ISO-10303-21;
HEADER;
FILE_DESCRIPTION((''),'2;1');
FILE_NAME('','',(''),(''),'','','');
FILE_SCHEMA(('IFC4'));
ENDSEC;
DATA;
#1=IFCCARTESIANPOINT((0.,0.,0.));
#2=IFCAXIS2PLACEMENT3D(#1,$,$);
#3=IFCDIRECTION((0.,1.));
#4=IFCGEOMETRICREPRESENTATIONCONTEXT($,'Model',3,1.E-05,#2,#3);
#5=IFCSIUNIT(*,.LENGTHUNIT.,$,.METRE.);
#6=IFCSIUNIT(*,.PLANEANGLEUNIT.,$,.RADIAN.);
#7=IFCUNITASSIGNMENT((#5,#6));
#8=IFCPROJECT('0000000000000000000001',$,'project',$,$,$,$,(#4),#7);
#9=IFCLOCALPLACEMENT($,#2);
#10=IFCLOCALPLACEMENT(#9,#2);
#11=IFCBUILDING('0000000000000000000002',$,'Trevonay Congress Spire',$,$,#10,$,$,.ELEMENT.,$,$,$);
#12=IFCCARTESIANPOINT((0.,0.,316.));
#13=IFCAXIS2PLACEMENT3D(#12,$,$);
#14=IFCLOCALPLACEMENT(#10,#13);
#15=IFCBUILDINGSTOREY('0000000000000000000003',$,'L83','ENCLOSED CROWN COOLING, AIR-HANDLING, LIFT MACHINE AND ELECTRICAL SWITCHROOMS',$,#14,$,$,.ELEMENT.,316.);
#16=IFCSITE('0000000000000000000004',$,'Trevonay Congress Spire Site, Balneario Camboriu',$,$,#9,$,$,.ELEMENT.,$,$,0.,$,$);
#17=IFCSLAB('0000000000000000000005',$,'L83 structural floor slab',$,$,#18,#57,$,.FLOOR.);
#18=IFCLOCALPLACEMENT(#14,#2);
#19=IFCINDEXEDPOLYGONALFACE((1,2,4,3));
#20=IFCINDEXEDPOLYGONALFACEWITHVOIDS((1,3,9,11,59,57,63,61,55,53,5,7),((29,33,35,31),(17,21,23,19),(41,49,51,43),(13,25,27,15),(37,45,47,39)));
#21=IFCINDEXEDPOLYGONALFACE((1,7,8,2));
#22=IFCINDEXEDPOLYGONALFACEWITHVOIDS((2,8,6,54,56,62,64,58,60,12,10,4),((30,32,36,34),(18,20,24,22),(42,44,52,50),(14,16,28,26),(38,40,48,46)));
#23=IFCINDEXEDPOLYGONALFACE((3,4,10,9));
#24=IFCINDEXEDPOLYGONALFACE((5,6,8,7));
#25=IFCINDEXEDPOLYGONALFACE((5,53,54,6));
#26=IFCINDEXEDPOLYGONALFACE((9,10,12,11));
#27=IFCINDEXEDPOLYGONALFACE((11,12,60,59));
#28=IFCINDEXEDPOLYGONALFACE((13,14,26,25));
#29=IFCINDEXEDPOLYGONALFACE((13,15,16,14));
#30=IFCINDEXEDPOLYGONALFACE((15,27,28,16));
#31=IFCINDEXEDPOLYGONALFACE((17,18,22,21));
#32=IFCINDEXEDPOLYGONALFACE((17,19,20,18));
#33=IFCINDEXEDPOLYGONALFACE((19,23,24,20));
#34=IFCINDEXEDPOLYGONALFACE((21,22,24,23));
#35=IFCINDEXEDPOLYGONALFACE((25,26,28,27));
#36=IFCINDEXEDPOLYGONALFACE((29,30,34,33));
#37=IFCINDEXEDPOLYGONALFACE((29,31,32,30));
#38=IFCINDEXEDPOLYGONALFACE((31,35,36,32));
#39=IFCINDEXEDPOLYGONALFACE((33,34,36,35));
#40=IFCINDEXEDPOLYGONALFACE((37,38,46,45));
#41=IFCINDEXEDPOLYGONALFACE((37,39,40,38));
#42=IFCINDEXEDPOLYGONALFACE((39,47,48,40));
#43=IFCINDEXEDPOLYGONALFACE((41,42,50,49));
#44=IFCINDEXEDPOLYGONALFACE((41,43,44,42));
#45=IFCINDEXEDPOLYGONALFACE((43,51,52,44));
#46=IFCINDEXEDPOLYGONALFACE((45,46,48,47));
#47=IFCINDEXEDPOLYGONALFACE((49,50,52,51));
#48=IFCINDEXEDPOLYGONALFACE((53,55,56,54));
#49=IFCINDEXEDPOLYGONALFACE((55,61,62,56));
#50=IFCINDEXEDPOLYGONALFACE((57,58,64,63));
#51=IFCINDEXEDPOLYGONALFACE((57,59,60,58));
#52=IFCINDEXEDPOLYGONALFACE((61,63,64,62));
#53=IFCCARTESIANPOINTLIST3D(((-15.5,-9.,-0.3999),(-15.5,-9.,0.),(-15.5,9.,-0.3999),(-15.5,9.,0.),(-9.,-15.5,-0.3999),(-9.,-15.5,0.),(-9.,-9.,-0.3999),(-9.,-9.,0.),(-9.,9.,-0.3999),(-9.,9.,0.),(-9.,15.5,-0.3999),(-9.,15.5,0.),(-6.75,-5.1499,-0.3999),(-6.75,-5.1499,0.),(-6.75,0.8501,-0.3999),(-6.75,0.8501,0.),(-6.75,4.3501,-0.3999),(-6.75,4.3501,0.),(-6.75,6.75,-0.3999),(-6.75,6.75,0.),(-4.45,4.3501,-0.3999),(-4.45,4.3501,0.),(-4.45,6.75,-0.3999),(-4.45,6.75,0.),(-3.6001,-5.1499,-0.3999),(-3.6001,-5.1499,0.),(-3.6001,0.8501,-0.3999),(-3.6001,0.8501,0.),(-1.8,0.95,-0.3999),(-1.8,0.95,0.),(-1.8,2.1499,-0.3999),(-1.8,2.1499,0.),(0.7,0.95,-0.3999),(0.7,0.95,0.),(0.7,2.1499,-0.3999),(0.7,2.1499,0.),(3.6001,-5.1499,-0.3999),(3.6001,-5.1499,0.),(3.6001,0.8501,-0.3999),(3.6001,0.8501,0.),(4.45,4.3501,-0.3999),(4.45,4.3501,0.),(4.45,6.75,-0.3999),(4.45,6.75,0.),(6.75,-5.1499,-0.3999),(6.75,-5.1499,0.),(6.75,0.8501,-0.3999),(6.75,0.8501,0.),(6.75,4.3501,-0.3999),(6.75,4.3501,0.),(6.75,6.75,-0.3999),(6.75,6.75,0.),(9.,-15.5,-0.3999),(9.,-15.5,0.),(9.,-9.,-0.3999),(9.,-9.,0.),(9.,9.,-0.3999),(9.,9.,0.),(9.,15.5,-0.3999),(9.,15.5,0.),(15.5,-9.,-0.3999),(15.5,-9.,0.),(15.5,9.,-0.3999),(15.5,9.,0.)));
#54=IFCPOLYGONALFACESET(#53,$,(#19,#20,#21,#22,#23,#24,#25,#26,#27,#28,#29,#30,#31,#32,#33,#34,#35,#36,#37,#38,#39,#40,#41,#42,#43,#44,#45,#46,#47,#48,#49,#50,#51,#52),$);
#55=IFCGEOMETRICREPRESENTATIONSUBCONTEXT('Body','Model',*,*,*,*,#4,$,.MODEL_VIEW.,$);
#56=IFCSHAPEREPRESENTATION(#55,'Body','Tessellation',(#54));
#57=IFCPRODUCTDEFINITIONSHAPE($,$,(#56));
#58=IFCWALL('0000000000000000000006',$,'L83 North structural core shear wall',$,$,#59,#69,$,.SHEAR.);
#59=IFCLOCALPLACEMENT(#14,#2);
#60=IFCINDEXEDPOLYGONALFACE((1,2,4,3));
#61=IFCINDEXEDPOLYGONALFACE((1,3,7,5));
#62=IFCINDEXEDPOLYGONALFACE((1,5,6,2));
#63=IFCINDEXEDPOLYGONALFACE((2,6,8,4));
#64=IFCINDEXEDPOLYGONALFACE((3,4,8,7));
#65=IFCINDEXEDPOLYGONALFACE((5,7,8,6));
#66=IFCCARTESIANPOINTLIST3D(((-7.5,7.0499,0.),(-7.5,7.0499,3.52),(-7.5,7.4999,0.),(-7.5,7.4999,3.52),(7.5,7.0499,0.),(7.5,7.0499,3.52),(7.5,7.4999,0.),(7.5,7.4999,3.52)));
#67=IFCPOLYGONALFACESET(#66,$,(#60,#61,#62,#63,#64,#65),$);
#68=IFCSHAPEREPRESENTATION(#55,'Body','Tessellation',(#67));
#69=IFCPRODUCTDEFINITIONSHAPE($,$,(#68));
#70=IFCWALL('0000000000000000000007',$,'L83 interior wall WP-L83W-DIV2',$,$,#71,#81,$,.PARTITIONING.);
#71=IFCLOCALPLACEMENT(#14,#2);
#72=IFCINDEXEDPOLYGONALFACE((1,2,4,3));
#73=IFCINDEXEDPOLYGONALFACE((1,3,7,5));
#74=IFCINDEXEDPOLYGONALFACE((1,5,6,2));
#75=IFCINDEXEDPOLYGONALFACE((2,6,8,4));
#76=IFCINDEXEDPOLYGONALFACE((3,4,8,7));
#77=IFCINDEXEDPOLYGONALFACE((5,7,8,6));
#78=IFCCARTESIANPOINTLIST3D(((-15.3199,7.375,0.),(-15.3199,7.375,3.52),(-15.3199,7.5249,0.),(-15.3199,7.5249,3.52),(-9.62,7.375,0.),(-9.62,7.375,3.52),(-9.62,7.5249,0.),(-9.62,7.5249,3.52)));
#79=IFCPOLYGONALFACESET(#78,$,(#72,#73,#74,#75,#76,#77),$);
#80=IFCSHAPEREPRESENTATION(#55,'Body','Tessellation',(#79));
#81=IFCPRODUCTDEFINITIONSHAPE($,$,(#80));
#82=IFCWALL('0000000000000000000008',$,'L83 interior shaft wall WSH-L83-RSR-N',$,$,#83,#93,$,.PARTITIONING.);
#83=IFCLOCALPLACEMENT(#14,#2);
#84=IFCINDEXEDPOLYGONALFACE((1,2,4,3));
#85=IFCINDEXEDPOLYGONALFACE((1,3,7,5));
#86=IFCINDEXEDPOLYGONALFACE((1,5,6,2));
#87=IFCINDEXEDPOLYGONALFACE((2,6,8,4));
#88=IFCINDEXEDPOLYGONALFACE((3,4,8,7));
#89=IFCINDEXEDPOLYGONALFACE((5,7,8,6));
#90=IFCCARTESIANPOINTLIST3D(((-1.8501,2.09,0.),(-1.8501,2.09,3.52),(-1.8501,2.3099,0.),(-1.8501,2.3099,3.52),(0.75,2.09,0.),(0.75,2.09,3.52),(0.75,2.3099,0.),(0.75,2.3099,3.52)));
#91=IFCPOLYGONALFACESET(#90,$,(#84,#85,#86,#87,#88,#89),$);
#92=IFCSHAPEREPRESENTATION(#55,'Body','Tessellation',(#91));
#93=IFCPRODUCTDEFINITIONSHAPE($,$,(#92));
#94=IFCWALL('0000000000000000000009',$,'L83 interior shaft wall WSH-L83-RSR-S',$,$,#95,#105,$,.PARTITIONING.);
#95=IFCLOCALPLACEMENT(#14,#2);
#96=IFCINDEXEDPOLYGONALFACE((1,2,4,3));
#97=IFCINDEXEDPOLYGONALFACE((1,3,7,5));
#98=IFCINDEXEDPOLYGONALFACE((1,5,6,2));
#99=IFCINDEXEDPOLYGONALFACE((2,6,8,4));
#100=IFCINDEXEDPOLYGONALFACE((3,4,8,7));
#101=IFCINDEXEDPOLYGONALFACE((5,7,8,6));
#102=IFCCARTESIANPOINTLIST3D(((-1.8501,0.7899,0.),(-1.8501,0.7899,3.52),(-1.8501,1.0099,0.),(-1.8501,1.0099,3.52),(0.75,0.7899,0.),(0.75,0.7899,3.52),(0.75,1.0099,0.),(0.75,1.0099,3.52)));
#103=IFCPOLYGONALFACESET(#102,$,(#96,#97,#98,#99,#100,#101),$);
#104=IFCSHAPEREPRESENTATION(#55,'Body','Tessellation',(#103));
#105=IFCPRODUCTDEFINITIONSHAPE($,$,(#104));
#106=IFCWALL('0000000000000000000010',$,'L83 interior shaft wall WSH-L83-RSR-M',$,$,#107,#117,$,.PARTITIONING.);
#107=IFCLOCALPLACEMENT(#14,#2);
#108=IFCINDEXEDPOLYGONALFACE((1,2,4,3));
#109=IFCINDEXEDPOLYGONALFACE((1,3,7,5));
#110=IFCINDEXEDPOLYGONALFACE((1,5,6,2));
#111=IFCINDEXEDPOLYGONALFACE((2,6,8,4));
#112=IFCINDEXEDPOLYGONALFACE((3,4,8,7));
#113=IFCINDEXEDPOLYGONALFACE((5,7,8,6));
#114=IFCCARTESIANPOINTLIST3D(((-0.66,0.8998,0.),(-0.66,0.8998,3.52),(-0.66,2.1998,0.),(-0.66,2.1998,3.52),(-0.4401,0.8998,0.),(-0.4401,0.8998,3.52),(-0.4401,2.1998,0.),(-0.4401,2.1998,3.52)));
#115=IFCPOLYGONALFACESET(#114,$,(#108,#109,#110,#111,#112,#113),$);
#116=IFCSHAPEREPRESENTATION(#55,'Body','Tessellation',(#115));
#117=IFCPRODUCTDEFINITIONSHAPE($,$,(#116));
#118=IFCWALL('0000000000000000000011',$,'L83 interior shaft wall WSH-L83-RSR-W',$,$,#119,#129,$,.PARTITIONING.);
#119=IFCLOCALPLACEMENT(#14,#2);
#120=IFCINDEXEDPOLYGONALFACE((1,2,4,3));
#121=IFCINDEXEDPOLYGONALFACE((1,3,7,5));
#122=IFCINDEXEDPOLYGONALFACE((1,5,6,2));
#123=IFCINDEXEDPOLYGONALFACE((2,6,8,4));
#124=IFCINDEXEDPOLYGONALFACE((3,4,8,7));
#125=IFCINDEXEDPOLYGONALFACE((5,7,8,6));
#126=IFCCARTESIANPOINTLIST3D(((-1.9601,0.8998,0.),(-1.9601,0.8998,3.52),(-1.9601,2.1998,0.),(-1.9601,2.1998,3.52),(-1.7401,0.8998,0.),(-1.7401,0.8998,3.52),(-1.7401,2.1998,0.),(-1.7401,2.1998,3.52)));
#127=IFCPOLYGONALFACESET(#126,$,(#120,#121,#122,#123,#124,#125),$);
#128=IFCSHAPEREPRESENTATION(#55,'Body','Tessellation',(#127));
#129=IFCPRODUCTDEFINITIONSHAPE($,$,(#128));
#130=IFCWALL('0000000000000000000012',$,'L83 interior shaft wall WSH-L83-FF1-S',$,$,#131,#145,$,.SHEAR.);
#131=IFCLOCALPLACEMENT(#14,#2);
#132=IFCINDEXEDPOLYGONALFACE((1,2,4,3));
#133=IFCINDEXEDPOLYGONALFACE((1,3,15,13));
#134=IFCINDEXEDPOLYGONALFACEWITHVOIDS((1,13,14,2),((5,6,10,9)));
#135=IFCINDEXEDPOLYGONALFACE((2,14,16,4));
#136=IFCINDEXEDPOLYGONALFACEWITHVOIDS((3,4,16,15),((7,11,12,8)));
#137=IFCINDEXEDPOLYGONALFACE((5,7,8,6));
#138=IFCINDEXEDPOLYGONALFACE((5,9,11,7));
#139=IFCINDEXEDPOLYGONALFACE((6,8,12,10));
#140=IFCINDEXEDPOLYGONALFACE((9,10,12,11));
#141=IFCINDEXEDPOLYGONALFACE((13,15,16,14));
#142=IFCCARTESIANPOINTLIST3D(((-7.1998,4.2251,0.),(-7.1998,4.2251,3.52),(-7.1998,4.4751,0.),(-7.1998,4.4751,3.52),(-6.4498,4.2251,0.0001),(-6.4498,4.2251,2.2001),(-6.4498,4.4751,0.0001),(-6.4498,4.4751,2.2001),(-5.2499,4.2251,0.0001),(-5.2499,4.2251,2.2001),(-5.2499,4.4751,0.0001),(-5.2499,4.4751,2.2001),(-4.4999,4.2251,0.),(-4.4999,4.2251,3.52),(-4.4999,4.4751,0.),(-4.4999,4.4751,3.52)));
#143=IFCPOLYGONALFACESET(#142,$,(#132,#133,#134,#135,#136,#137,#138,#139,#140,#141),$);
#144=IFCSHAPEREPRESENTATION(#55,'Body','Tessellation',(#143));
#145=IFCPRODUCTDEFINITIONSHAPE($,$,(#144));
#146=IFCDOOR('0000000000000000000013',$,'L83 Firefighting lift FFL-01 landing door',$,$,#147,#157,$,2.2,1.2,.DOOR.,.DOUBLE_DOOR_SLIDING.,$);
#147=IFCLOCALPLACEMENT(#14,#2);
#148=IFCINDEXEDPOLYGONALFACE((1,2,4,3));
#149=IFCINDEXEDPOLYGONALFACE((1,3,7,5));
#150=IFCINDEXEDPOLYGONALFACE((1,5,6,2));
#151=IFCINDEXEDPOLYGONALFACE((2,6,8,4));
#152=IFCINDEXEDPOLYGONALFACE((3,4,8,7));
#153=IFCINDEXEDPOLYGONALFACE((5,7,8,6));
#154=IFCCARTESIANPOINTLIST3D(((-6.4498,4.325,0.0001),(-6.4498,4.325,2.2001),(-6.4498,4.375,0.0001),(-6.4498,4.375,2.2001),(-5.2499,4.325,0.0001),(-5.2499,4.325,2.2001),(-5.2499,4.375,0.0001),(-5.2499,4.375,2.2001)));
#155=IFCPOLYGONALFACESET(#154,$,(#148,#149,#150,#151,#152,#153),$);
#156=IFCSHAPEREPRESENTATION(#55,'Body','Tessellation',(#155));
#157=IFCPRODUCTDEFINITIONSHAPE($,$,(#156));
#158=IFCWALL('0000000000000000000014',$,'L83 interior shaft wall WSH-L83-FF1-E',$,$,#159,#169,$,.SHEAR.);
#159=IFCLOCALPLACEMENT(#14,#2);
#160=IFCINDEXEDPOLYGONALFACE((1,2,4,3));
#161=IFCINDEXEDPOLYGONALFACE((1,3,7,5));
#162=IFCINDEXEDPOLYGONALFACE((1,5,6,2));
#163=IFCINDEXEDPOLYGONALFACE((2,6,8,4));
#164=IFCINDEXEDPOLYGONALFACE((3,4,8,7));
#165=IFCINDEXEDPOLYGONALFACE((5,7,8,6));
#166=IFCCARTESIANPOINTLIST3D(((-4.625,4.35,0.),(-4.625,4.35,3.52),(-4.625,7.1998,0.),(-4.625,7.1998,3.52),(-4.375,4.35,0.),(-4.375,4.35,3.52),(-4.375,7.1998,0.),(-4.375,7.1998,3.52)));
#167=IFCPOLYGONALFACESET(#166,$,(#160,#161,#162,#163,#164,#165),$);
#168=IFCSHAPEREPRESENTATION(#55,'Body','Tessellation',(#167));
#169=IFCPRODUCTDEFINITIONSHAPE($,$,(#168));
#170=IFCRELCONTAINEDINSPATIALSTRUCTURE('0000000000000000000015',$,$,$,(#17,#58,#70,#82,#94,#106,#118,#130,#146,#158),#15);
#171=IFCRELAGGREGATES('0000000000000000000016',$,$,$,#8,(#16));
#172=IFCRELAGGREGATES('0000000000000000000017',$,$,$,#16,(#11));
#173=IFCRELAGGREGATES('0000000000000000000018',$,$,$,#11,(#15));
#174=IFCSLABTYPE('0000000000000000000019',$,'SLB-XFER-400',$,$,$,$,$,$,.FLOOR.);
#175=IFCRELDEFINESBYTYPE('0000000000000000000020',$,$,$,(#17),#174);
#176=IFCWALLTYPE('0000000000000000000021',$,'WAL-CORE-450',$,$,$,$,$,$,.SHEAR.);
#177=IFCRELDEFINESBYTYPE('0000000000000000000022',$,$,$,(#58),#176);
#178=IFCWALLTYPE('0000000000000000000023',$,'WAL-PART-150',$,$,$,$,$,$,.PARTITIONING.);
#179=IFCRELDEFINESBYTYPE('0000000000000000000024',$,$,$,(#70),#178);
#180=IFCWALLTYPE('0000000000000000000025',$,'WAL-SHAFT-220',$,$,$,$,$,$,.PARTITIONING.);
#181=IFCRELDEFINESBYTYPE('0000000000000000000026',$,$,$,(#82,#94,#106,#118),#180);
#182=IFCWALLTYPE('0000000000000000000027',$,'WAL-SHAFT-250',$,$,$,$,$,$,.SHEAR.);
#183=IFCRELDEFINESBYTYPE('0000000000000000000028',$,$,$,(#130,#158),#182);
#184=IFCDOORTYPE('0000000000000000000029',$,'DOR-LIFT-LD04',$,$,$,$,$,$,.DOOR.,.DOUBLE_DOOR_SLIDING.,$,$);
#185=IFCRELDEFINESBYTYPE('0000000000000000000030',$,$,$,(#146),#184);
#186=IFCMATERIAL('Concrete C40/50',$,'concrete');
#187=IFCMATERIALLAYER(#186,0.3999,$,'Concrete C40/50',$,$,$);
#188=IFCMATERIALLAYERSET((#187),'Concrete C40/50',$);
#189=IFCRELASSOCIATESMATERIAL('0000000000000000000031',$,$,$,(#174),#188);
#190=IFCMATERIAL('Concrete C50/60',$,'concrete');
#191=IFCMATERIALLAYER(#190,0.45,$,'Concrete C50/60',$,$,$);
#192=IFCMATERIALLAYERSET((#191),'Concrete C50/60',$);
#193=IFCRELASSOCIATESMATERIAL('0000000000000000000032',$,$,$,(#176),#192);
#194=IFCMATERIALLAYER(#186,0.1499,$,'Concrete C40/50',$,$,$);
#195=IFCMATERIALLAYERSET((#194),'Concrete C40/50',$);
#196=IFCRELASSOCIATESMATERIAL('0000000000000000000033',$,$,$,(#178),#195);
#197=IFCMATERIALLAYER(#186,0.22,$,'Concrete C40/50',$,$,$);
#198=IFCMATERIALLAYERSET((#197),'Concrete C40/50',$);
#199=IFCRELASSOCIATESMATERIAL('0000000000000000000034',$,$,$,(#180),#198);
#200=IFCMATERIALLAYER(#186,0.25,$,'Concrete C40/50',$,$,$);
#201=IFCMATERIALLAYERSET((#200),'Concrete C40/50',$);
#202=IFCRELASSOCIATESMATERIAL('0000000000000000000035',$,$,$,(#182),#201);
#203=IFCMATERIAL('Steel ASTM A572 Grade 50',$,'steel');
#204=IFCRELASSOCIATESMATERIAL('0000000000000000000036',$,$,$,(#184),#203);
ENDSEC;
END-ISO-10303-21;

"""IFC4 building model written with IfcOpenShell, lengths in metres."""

from ifc_helpers import new_model, si_unit, direction, frame, frame_2d, origin, place, context, subcontext, project, spatial, polyline, rectangle, outline, extrude, material, layer, layer_set, type_object, element, fill, save


model = new_model("IFC4")

# Units and contexts
model_context = context("Model", 3, precision=1e-05, world=origin(), true_north=direction((0.0, 1.0)))
body_context = subcontext(model_context, "Body", "Model", "MODEL_VIEW")
ifc_project = project(units=[si_unit("LENGTHUNIT", "METRE"), si_unit("PLANEANGLEUNIT", "RADIAN")], contexts=[model_context])

# Site, building, storey
site_placement = place(None, origin())
site = spatial("IfcSite", under=ifc_project, at=site_placement, Name="Trevonay Congress Spire Site, Balneario Camboriu", CompositionType="ELEMENT", RefElevation=0.0)
building_placement = place(site_placement, origin())
building = spatial("IfcBuilding", under=site, at=building_placement, Name="Trevonay Congress Spire", CompositionType="ELEMENT")
storey_placement = place(building_placement, frame((0.0, 0.0, 316.0)))
storey = spatial("IfcBuildingStorey", under=building, at=storey_placement, Name="L83", Description="ENCLOSED CROWN COOLING, AIR-HANDLING, LIFT MACHINE AND ELECTRICAL SWITCHROOMS", CompositionType="ELEMENT", Elevation=316.0)

# Shared definitions
ifc_material_1 = material(Name="Steel ASTM A572 Grade 50", Category="steel")

# Slab
ifc_material_2 = material(Name="Concrete C40/50", Category="concrete")
ifc_layer_1 = layer(ifc_material_2, 0.3999, Name="Concrete C40/50")
ifc_layer_set_1 = layer_set([ifc_layer_1], Name="Concrete C40/50")
slab_type = type_object("IfcSlabType", Name="SLB-XFER-400", PredefinedType="FLOOR", material=ifc_layer_set_1)
slab_placement = place(storey_placement, frame((0.0, 0.0, -0.3999)))
element("IfcSlab", 1, at=slab_placement, inside=storey, type_object=slab_type, Name="L83 structural floor slab", PredefinedType="FLOOR", context=body_context, shape_type="SweptSolid", body=[
    extrude(outline(polyline([(-9.0, -15.5), (9.0, -15.5), (9.0, -9.0), (15.5, -9.0), (15.5, 9.0), (9.0, 9.0), (9.0, 15.5), (-9.0, 15.5), (-9.0, 9.0), (-15.5, 9.0), (-15.5, -9.0), (-9.0, -9.0), (-9.0, -15.5)]), holes=[polyline([(-3.6001, -5.1499), (-3.6001, 0.8501), (-6.75, 0.8501), (-6.75, -5.1499), (-3.6001, -5.1499)]), polyline([(6.75, -5.1499), (6.75, 0.8501), (3.6001, 0.8501), (3.6001, -5.1499), (6.75, -5.1499)]), polyline([(-6.75, 4.3501), (-4.45, 4.3501), (-4.45, 6.75), (-6.75, 6.75), (-6.75, 4.3501)]), polyline([(4.45, 4.3501), (6.75, 4.3501), (6.75, 6.75), (4.45, 6.75), (4.45, 4.3501)]), polyline([(-1.8, 0.95), (0.7, 0.95), (0.7, 2.1499), (-1.8, 2.1499), (-1.8, 0.95)])]), origin(), (0.0, 0.0, 1.0), 0.3999),
])

# Walls
ifc_material_3 = material(Name="Concrete C50/60", Category="concrete")
ifc_layer_2 = layer(ifc_material_3, 0.45, Name="Concrete C50/60")
ifc_layer_set_2 = layer_set([ifc_layer_2], Name="Concrete C50/60")
wall_type_1 = type_object("IfcWallType", Name="WAL-CORE-450", PredefinedType="SHEAR", material=ifc_layer_set_2)
wall_1_placement = place(storey_placement, frame((-7.5, 7.2749, 0.0), z_axis=(0.0, 0.0, 1.0), x_axis=(1.0, 0.0, 0.0)))
element("IfcWall", 2, at=wall_1_placement, inside=storey, type_object=wall_type_1, Name="L83 North structural core shear wall", PredefinedType="SHEAR", context=body_context, shape_type="SweptSolid", body=[
    extrude(rectangle(XDim=15.0, YDim=0.45, at=frame_2d((7.5, 0.0))), origin(), (0.0, 0.0, 1.0), 3.52),
])
ifc_layer_3 = layer(ifc_material_2, 0.1499, Name="Concrete C40/50")
ifc_layer_set_3 = layer_set([ifc_layer_3], Name="Concrete C40/50")
wall_type_2 = type_object("IfcWallType", Name="WAL-PART-150", PredefinedType="PARTITIONING", material=ifc_layer_set_3)
wall_2_placement = place(storey_placement, frame((-15.3201, 7.45, 0.0), z_axis=(0.0, 0.0, 1.0), x_axis=(1.0, 0.0, 0.0)))
element("IfcWall", 3, at=wall_2_placement, inside=storey, type_object=wall_type_2, Name="L83 interior wall WP-L83W-DIV2", PredefinedType="PARTITIONING", context=body_context, shape_type="SweptSolid", body=[
    extrude(rectangle(XDim=5.7, YDim=0.1499, at=frame_2d((2.8501, 0.0))), origin(), (0.0, 0.0, 1.0), 3.52),
])
ifc_layer_4 = layer(ifc_material_2, 0.22, Name="Concrete C40/50")
ifc_layer_set_4 = layer_set([ifc_layer_4], Name="Concrete C40/50")
wall_type_3 = type_object("IfcWallType", Name="WAL-SHAFT-220", PredefinedType="PARTITIONING", material=ifc_layer_set_4)
for number, where, z_axis, x_axis, name in (
    (4, (-1.8501, 2.2, 0.0), (0.0, 0.0, 1.0), (1.0, 0.0, 0.0), "L83 interior shaft wall WSH-L83-RSR-N"),
    (5, (-1.8501, 0.8999, 0.0), (0.0, 0.0, 1.0), (1.0, 0.0, 0.0), "L83 interior shaft wall WSH-L83-RSR-S"),
):
    element("IfcWall", number, at=place(storey_placement, frame(where, z_axis=z_axis, x_axis=x_axis)), inside=storey, type_object=wall_type_3, Name=name, PredefinedType="PARTITIONING", context=body_context, shape_type="SweptSolid", body=[
        extrude(rectangle(XDim=2.6001, YDim=0.22, at=frame_2d((1.3, 0.0))), origin(), (0.0, 0.0, 1.0), 3.52),
    ])
for number, where, z_axis, x_axis, name in (
    (6, (-0.55, 0.8999, 0.0), (0.0, 0.0, 1.0), (0.0, 1.0, 0.0), "L83 interior shaft wall WSH-L83-RSR-M"),
    (7, (-1.8501, 0.8999, 0.0), (0.0, 0.0, 1.0), (0.0, 1.0, 0.0), "L83 interior shaft wall WSH-L83-RSR-W"),
):
    element("IfcWall", number, at=place(storey_placement, frame(where, z_axis=z_axis, x_axis=x_axis)), inside=storey, type_object=wall_type_3, Name=name, PredefinedType="PARTITIONING", context=body_context, shape_type="SweptSolid", body=[
        extrude(rectangle(XDim=1.3, YDim=0.22, at=frame_2d((0.6499, 0.0))), origin(), (0.0, 0.0, 1.0), 3.52),
    ])

# Wall, opening, door
ifc_layer_5 = layer(ifc_material_2, 0.25, Name="Concrete C40/50")
ifc_layer_set_5 = layer_set([ifc_layer_5], Name="Concrete C40/50")
wall_type_4 = type_object("IfcWallType", Name="WAL-SHAFT-250", PredefinedType="SHEAR", material=ifc_layer_set_5)
wall_3_placement = place(storey_placement, frame((-7.2, 4.3501, 0.0), z_axis=(0.0, 0.0, 1.0), x_axis=(1.0, 0.0, 0.0)))
wall_3 = element("IfcWall", 8, at=wall_3_placement, inside=storey, type_object=wall_type_4, Name="L83 interior shaft wall WSH-L83-FF1-S", PredefinedType="SHEAR", context=body_context, shape_type="SweptSolid", body=[
    extrude(rectangle(XDim=2.7, YDim=0.25, at=frame_2d((1.3501, 0.0))), origin(), (0.0, 0.0, 1.0), 3.52),
])
opening_1_placement = place(wall_3_placement, frame((0.75, 0.0, 0.0)))
opening_1 = element("IfcOpeningElement", 9, at=opening_1_placement, cuts=wall_3, PredefinedType="OPENING", context=body_context, shape_type="SweptSolid", body=[
    extrude(rectangle(XDim=1.2, YDim=2.2, at=frame_2d((0.6001, 1.1001))), frame((0.0, 0.135, 0.0), z_axis=(0.0, -1.0, 0.0), x_axis=(1.0, 0.0, 0.0)), (0.0, 0.0, 1.0), 0.27),
])
door_type_1 = type_object("IfcDoorType", Name="DOR-LIFT-LD04", OperationType="DOUBLE_DOOR_SLIDING", PredefinedType="DOOR", material=ifc_material_1)
door_1_placement = place(opening_1_placement, origin())
door_1 = element("IfcDoor", 10, at=door_1_placement, inside=storey, type_object=door_type_1, Name="L83 Firefighting lift FFL-01 landing door", OperationType="DOUBLE_DOOR_SLIDING", OverallHeight=2.2, OverallWidth=1.2, PredefinedType="DOOR", context=body_context, shape_type="SweptSolid", body=[
    extrude(rectangle(XDim=1.2, YDim=2.2, at=frame_2d((0.6001, 1.1001))), frame((0.0, 0.0249, 0.0), z_axis=(0.0, -1.0, 0.0), x_axis=(1.0, 0.0, 0.0)), (0.0, 0.0, 1.0), 0.05),
])
fill(opening_1, door_1)

# Wall
wall_4_placement = place(storey_placement, frame((-4.5, 4.3501, 0.0), z_axis=(0.0, 0.0, 1.0), x_axis=(0.0, 1.0, 0.0)))
element("IfcWall", 11, at=wall_4_placement, inside=storey, type_object=wall_type_4, Name="L83 interior shaft wall WSH-L83-FF1-E", PredefinedType="SHEAR", context=body_context, shape_type="SweptSolid", body=[
    extrude(rectangle(XDim=2.8499, YDim=0.25, at=frame_2d((1.4248, 0.0))), origin(), (0.0, 0.0, 1.0), 3.52),
])

save(model, "model.ifc")
